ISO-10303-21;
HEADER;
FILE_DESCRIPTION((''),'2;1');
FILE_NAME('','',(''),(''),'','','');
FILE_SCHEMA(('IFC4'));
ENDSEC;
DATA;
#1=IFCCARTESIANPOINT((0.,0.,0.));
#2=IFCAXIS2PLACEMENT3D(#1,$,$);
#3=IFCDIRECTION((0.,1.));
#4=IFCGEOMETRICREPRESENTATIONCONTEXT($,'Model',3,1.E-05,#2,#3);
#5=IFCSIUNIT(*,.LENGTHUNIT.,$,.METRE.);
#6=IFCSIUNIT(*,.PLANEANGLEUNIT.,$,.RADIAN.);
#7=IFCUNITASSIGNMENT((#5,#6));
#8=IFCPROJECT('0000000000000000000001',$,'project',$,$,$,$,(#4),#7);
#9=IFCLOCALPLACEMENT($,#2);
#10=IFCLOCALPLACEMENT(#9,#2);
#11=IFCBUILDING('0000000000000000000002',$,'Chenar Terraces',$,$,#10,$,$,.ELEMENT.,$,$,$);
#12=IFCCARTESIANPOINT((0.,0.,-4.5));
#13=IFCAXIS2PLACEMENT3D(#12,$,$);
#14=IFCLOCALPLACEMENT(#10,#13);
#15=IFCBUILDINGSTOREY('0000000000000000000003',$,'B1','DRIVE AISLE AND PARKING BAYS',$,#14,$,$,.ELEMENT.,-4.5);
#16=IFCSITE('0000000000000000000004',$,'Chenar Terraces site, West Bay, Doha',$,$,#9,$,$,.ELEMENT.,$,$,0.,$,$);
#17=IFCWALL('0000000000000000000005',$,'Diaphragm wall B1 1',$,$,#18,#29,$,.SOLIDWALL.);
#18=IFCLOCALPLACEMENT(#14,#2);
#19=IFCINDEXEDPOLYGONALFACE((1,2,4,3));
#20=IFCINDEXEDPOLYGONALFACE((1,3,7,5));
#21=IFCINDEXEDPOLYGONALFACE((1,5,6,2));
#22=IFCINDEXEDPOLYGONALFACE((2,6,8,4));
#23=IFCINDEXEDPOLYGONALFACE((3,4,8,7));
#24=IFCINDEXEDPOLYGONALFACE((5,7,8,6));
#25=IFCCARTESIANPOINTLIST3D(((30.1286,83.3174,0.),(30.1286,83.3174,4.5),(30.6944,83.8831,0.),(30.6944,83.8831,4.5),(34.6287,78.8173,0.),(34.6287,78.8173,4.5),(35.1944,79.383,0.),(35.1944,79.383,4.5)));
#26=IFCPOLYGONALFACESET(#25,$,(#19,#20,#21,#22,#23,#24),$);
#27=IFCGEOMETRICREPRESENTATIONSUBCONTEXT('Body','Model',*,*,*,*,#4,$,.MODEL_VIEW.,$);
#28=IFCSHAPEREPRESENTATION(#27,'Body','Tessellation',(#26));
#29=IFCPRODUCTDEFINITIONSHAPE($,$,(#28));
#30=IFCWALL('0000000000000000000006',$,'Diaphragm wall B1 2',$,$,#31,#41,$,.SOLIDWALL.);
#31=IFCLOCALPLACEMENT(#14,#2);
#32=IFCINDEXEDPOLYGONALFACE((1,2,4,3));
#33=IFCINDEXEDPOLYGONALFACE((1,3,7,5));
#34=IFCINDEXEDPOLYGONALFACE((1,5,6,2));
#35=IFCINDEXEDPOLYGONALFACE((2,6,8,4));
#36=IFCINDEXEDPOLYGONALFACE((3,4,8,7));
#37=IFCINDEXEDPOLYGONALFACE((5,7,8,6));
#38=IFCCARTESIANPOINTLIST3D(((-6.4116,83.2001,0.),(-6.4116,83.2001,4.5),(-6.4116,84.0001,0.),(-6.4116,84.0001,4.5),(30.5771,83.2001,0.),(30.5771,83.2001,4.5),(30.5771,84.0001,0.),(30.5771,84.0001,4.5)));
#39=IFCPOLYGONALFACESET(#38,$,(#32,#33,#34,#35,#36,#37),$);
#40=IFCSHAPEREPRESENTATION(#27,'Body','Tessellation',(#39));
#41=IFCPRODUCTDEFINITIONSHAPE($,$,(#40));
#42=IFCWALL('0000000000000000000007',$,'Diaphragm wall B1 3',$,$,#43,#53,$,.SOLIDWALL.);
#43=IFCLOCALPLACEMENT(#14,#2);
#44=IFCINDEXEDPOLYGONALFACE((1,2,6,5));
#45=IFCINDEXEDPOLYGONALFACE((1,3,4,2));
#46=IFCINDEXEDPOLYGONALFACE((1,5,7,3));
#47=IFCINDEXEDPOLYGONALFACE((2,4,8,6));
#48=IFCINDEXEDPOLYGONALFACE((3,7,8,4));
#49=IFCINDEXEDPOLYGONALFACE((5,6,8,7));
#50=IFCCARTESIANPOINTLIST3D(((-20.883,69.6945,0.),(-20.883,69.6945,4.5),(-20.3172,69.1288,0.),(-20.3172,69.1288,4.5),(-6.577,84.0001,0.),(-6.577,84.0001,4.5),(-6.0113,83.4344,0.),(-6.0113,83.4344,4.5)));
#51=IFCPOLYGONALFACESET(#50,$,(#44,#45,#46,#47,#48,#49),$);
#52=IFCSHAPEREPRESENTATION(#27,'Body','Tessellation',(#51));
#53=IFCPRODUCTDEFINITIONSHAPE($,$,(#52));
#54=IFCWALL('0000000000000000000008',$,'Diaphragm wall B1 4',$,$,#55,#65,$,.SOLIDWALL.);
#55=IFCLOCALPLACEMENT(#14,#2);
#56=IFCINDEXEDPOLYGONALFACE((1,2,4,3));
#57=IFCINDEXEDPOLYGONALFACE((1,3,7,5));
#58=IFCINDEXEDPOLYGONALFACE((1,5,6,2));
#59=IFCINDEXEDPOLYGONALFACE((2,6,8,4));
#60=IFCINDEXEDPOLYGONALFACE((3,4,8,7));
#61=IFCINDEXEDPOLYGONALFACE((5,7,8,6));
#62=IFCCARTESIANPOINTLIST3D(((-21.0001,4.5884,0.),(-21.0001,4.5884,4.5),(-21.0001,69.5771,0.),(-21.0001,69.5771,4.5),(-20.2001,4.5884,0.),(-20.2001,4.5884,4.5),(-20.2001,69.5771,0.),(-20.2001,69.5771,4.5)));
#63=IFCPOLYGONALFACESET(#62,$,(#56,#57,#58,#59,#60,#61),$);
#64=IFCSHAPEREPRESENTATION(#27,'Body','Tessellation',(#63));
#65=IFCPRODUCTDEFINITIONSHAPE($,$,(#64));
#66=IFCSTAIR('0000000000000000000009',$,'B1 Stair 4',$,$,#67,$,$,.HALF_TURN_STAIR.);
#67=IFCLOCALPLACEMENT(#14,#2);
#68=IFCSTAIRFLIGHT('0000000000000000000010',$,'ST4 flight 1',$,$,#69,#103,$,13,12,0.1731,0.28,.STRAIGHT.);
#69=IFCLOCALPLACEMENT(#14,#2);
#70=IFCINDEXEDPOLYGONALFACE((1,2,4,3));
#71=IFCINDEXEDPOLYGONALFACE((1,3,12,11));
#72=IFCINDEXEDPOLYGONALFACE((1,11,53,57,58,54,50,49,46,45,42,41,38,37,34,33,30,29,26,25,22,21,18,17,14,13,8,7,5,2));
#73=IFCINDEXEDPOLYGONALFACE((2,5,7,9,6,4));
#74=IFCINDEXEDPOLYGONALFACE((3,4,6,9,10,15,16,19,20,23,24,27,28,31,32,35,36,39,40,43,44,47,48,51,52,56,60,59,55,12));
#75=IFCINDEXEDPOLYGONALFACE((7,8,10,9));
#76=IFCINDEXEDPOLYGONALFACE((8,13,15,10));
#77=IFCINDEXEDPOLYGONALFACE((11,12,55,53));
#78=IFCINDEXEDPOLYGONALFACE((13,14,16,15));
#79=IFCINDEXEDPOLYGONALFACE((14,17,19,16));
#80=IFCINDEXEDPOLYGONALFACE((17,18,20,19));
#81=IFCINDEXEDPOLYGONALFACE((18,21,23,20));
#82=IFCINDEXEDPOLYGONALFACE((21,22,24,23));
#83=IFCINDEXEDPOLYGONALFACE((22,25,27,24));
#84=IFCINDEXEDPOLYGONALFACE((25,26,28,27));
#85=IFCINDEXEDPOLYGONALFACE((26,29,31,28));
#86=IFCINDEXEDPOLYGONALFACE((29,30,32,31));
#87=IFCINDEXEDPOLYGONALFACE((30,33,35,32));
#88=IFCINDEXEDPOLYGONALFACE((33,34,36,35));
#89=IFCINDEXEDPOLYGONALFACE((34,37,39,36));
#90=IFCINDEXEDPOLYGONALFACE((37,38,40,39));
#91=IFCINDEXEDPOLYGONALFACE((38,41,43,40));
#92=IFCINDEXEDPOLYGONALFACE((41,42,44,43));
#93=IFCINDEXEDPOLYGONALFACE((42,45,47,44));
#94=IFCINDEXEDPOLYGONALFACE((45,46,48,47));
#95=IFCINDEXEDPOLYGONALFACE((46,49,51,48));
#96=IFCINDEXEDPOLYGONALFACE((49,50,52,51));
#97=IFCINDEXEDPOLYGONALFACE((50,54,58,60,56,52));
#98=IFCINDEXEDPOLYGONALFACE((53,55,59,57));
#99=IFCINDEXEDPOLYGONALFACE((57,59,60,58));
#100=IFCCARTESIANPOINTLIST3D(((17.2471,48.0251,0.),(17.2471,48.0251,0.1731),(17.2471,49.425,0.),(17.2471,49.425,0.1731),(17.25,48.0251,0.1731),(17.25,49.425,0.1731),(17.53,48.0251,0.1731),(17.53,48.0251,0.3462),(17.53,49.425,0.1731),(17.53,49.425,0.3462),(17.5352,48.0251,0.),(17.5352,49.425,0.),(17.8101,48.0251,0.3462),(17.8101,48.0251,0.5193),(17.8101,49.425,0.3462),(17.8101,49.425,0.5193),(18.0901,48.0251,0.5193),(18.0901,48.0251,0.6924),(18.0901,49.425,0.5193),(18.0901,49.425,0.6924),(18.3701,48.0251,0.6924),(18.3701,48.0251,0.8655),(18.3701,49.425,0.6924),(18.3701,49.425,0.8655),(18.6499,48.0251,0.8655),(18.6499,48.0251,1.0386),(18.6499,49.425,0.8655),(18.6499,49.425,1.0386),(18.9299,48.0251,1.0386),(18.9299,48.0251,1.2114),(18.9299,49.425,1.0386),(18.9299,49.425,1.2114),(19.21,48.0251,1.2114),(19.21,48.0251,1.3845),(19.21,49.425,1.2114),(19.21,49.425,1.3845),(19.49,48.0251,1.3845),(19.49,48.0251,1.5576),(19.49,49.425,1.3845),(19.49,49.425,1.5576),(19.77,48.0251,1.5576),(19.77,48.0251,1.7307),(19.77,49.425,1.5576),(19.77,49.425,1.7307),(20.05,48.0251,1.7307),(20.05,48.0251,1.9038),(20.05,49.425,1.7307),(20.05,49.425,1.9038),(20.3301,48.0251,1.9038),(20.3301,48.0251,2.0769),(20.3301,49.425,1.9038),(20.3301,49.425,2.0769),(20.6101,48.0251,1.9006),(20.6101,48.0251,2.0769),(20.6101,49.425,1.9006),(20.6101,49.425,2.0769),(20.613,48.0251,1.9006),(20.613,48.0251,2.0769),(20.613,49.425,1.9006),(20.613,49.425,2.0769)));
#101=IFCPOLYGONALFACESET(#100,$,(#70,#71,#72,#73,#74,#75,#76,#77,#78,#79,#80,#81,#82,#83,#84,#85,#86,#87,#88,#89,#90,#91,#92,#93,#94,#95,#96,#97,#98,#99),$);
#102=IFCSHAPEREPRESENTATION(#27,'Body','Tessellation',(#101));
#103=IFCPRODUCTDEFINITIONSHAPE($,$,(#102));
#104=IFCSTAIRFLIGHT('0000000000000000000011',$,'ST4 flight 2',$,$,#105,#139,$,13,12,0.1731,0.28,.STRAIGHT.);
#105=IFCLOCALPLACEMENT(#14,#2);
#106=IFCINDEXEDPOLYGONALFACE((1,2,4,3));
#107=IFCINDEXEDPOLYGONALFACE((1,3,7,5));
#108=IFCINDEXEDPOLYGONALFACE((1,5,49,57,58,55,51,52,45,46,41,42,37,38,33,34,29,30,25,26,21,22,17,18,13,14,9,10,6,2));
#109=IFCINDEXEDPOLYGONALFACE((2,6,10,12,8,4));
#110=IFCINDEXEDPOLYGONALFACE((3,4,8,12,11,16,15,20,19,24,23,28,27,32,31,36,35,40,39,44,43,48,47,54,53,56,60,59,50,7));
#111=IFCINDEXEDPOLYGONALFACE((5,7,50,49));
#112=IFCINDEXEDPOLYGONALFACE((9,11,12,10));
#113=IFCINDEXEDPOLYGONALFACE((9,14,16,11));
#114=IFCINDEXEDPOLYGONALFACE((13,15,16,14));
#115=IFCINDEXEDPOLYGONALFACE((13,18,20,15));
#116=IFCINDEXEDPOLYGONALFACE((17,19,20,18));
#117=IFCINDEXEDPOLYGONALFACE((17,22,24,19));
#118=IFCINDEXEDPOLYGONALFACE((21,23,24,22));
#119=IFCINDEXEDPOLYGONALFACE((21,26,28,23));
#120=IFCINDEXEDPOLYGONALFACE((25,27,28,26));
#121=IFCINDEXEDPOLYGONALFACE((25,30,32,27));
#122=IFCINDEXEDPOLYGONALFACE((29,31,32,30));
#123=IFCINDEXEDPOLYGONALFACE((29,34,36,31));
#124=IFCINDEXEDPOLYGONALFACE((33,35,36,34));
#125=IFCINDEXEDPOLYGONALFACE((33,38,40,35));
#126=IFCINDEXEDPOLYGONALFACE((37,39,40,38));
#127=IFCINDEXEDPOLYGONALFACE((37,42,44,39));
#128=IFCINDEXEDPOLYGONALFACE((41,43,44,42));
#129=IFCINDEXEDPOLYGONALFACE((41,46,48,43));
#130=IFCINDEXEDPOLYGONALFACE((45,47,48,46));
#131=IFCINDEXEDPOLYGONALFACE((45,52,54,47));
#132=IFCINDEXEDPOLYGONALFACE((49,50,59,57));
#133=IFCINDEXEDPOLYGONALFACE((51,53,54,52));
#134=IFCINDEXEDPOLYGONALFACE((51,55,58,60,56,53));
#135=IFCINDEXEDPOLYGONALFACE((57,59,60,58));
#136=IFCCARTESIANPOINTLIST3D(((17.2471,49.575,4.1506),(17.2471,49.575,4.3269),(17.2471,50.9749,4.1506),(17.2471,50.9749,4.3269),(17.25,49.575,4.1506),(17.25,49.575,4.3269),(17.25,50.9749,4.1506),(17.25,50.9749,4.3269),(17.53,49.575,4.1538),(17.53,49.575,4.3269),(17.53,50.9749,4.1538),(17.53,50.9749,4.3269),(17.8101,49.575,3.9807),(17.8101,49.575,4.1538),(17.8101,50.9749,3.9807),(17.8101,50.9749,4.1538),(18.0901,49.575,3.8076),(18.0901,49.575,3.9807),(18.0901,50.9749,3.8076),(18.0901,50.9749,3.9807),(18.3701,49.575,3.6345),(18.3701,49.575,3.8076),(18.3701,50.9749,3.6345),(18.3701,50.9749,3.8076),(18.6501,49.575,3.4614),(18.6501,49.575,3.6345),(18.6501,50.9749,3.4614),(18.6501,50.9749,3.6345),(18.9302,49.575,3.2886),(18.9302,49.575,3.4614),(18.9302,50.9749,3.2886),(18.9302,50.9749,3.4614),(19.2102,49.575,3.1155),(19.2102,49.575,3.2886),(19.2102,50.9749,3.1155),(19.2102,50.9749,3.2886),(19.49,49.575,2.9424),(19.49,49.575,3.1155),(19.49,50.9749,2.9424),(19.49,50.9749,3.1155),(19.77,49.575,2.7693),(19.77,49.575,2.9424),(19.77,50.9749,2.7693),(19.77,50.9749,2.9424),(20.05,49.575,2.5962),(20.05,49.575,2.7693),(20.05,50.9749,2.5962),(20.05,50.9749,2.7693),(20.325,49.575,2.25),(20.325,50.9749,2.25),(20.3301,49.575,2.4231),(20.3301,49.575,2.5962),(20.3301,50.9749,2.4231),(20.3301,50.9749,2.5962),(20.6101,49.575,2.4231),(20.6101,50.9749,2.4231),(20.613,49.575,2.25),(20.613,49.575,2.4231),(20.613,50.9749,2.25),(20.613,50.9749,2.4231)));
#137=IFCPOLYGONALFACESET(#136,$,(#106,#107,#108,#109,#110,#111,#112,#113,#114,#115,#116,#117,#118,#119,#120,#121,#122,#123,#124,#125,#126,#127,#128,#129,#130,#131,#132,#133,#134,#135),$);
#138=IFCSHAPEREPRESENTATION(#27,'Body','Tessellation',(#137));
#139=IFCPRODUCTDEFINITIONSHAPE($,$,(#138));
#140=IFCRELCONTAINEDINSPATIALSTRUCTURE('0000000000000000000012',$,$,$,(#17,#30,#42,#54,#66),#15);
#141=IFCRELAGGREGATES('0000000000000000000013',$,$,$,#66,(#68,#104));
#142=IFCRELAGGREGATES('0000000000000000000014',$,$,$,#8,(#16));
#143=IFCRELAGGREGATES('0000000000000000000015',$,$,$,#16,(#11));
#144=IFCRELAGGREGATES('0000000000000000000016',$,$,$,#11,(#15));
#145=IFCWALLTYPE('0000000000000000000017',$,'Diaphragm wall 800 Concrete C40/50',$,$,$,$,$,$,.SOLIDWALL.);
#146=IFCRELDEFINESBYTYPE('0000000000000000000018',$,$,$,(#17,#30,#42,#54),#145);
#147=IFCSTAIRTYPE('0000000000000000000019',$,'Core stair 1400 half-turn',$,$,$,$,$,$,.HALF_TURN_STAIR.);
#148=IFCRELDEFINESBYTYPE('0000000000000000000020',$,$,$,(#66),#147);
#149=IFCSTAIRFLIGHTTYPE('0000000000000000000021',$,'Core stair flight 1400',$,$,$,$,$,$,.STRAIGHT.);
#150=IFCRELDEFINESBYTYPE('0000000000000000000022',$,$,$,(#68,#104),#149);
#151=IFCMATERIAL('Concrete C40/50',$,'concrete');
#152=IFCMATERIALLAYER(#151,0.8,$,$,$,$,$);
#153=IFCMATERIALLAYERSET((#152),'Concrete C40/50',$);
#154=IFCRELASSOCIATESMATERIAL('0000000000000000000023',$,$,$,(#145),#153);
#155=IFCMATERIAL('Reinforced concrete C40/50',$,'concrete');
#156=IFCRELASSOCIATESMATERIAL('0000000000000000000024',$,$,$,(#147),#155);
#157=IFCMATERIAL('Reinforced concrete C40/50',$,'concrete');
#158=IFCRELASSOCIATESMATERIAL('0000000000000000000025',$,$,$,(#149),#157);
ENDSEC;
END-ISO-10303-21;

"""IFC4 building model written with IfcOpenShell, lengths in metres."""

from ifc_helpers import new_model, si_unit, direction, frame, frame_2d, origin, place, context, subcontext, project, spatial, polyline, rectangle, outline, extrude, material, layer, layer_set, type_object, element, aggregate, save


model = new_model("IFC4")

# Units and contexts
model_context = context("Model", 3, precision=1e-05, world=origin(), true_north=direction((0.0, 1.0)))
body_context = subcontext(model_context, "Body", "Model", "MODEL_VIEW")
ifc_project = project(units=[si_unit("LENGTHUNIT", "METRE"), si_unit("PLANEANGLEUNIT", "RADIAN")], contexts=[model_context])

# Site, building, storey
site_placement = place(None, origin())
site = spatial("IfcSite", under=ifc_project, at=site_placement, Name="Chenar Terraces site, West Bay, Doha", CompositionType="ELEMENT", RefElevation=0.0)
building_placement = place(site_placement, origin())
building = spatial("IfcBuilding", under=site, at=building_placement, Name="Chenar Terraces", CompositionType="ELEMENT")
storey_placement = place(building_placement, frame((0.0, 0.0, -4.5)))
storey = spatial("IfcBuildingStorey", under=building, at=storey_placement, Name="B1", Description="DRIVE AISLE AND PARKING BAYS", CompositionType="ELEMENT", Elevation=-4.5)

# Walls
ifc_material_1 = material(Name="Concrete C40/50", Category="concrete")
ifc_layer_1 = layer(ifc_material_1, 0.8)
ifc_layer_set_1 = layer_set([ifc_layer_1], Name="Concrete C40/50")
wall_type_1 = type_object("IfcWallType", Name="Diaphragm wall 800 Concrete C40/50", PredefinedType="SOLIDWALL", material=ifc_layer_set_1)
wall_1_placement = place(storey_placement, frame((34.9116, 79.1001, 0.0), z_axis=(0.0, 0.0, 1.0), x_axis=(-0.707107, 0.707107, 0.0)))
element("IfcWall", 1, at=wall_1_placement, inside=storey, type_object=wall_type_1, Name="Diaphragm wall B1 1", PredefinedType="SOLIDWALL", context=body_context, shape_type="SweptSolid", body=[
    extrude(rectangle(XDim=6.364, YDim=0.8, at=frame_2d((3.1821, 0.0))), origin(), (0.0, 0.0, 1.0), 4.5),
])
wall_2_placement = place(storey_placement, frame((30.5771, 83.6001, 0.0), z_axis=(0.0, 0.0, 1.0), x_axis=(-1.0, 0.0, 0.0)))
element("IfcWall", 2, at=wall_2_placement, inside=storey, type_object=wall_type_1, Name="Diaphragm wall B1 2", PredefinedType="SOLIDWALL", context=body_context, shape_type="SweptSolid", body=[
    extrude(rectangle(XDim=36.9888, YDim=0.8, at=frame_2d((18.4944, 0.0))), origin(), (0.0, 0.0, 1.0), 4.5),
])
wall_3_placement = place(storey_placement, frame((-6.2942, 83.7173, 0.0), z_axis=(0.0, 0.0, 1.0), x_axis=(-0.707113, -0.707101, 0.0)))
element("IfcWall", 3, at=wall_3_placement, inside=storey, type_object=wall_type_1, Name="Diaphragm wall B1 3", PredefinedType="SOLIDWALL", context=body_context, shape_type="SweptSolid", body=[
    extrude(rectangle(XDim=20.2314, YDim=0.8, at=frame_2d((10.1157, 0.0))), origin(), (0.0, 0.0, 1.0), 4.5),
])
wall_4_placement = place(storey_placement, frame((-20.6001, 69.5771, 0.0), z_axis=(0.0, 0.0, 1.0), x_axis=(0.0, -1.0, 0.0)))
element("IfcWall", 4, at=wall_4_placement, inside=storey, type_object=wall_type_1, Name="Diaphragm wall B1 4", PredefinedType="SOLIDWALL", context=body_context, shape_type="SweptSolid", body=[
    extrude(rectangle(XDim=64.9888, YDim=0.8, at=frame_2d((32.4944, 0.0))), origin(), (0.0, 0.0, 1.0), 4.5),
])

# Stair, stair flights
ifc_material_2 = material(Name="Reinforced concrete C40/50", Category="concrete")
stair_type = type_object("IfcStairType", Name="Core stair 1400 half-turn", PredefinedType="HALF_TURN_STAIR", material=ifc_material_2)
stair_placement = place(storey_placement, origin())
stair = element("IfcStair", 5, at=stair_placement, inside=storey, type_object=stair_type, Name="B1 Stair 4", PredefinedType="HALF_TURN_STAIR")
ifc_material_3 = material(Name="Reinforced concrete C40/50", Category="concrete")
stair_flight_type = type_object("IfcStairFlightType", Name="Core stair flight 1400", PredefinedType="STRAIGHT", material=ifc_material_3)
stair_flight_1_placement = place(storey_placement, frame((17.25, 48.7251, 0.0), z_axis=(0.0, 0.0, 1.0), x_axis=(1.0, 0.0, 0.0)))
stair_flight_1 = element("IfcStairFlight", 6, at=stair_flight_1_placement, type_object=stair_flight_type, Name="ST4 flight 1", NumberOfRisers=13, NumberOfTreads=12, PredefinedType="STRAIGHT", RiserHeight=0.1731, TreadLength=0.28, context=body_context, shape_type="SweptSolid", body=[
    extrude(outline(polyline([(-0.0029, 0.0), (-0.0029, 0.1731), (0.0, 0.1731), (0.28, 0.1731), (0.28, 0.3462), (0.5601, 0.3462), (0.5601, 0.5193), (0.8401, 0.5193), (0.8401, 0.6924), (1.1201, 0.6924), (1.1201, 0.8655), (1.3999, 0.8655), (1.3999, 1.0386), (1.6799, 1.0386), (1.6799, 1.2114), (1.96, 1.2114), (1.96, 1.3845), (2.24, 1.3845), (2.24, 1.5576), (2.52, 1.5576), (2.52, 1.7307), (2.8, 1.7307), (2.8, 1.9038), (3.0801, 1.9038), (3.0801, 2.0769), (3.3601, 2.0769), (3.363, 2.0769), (3.363, 1.9006), (3.3601, 1.9006), (0.2852, 0.0), (-0.0029, 0.0)])), frame((0.0, 0.7, 0.0), z_axis=(0.0, -1.0, 0.0), x_axis=(1.0, 0.0, 0.0)), (0.0, 0.0, 1.0), 1.3999),
])
stair_flight_2_placement = place(storey_placement, frame((20.6101, 50.2749, 2.25), z_axis=(0.0, 0.0, 1.0), x_axis=(-1.0, 0.0, 0.0)))
stair_flight_2 = element("IfcStairFlight", 7, at=stair_flight_2_placement, type_object=stair_flight_type, Name="ST4 flight 2", NumberOfRisers=13, NumberOfTreads=12, PredefinedType="STRAIGHT", RiserHeight=0.1731, TreadLength=0.28, context=body_context, shape_type="SweptSolid", body=[
    extrude(outline(polyline([(-0.0029, 0.0), (-0.0029, 0.1731), (0.0, 0.1731), (0.28, 0.1731), (0.28, 0.3462), (0.5601, 0.3462), (0.5601, 0.5193), (0.8401, 0.5193), (0.8401, 0.6924), (1.1201, 0.6924), (1.1201, 0.8655), (1.3999, 0.8655), (1.3999, 1.0386), (1.6799, 1.0386), (1.6799, 1.2114), (1.96, 1.2114), (1.96, 1.3845), (2.24, 1.3845), (2.24, 1.5576), (2.52, 1.5576), (2.52, 1.7307), (2.8, 1.7307), (2.8, 1.9038), (3.0801, 1.9038), (3.0801, 2.0769), (3.3601, 2.0769), (3.363, 2.0769), (3.363, 1.9006), (3.3601, 1.9006), (0.2852, 0.0), (-0.0029, 0.0)])), frame((0.0, 0.7, 0.0), z_axis=(0.0, -1.0, 0.0), x_axis=(1.0, 0.0, 0.0)), (0.0, 0.0, 1.0), 1.3999),
])
aggregate(stair, [stair_flight_1, stair_flight_2])

save(model, "model.ifc")
